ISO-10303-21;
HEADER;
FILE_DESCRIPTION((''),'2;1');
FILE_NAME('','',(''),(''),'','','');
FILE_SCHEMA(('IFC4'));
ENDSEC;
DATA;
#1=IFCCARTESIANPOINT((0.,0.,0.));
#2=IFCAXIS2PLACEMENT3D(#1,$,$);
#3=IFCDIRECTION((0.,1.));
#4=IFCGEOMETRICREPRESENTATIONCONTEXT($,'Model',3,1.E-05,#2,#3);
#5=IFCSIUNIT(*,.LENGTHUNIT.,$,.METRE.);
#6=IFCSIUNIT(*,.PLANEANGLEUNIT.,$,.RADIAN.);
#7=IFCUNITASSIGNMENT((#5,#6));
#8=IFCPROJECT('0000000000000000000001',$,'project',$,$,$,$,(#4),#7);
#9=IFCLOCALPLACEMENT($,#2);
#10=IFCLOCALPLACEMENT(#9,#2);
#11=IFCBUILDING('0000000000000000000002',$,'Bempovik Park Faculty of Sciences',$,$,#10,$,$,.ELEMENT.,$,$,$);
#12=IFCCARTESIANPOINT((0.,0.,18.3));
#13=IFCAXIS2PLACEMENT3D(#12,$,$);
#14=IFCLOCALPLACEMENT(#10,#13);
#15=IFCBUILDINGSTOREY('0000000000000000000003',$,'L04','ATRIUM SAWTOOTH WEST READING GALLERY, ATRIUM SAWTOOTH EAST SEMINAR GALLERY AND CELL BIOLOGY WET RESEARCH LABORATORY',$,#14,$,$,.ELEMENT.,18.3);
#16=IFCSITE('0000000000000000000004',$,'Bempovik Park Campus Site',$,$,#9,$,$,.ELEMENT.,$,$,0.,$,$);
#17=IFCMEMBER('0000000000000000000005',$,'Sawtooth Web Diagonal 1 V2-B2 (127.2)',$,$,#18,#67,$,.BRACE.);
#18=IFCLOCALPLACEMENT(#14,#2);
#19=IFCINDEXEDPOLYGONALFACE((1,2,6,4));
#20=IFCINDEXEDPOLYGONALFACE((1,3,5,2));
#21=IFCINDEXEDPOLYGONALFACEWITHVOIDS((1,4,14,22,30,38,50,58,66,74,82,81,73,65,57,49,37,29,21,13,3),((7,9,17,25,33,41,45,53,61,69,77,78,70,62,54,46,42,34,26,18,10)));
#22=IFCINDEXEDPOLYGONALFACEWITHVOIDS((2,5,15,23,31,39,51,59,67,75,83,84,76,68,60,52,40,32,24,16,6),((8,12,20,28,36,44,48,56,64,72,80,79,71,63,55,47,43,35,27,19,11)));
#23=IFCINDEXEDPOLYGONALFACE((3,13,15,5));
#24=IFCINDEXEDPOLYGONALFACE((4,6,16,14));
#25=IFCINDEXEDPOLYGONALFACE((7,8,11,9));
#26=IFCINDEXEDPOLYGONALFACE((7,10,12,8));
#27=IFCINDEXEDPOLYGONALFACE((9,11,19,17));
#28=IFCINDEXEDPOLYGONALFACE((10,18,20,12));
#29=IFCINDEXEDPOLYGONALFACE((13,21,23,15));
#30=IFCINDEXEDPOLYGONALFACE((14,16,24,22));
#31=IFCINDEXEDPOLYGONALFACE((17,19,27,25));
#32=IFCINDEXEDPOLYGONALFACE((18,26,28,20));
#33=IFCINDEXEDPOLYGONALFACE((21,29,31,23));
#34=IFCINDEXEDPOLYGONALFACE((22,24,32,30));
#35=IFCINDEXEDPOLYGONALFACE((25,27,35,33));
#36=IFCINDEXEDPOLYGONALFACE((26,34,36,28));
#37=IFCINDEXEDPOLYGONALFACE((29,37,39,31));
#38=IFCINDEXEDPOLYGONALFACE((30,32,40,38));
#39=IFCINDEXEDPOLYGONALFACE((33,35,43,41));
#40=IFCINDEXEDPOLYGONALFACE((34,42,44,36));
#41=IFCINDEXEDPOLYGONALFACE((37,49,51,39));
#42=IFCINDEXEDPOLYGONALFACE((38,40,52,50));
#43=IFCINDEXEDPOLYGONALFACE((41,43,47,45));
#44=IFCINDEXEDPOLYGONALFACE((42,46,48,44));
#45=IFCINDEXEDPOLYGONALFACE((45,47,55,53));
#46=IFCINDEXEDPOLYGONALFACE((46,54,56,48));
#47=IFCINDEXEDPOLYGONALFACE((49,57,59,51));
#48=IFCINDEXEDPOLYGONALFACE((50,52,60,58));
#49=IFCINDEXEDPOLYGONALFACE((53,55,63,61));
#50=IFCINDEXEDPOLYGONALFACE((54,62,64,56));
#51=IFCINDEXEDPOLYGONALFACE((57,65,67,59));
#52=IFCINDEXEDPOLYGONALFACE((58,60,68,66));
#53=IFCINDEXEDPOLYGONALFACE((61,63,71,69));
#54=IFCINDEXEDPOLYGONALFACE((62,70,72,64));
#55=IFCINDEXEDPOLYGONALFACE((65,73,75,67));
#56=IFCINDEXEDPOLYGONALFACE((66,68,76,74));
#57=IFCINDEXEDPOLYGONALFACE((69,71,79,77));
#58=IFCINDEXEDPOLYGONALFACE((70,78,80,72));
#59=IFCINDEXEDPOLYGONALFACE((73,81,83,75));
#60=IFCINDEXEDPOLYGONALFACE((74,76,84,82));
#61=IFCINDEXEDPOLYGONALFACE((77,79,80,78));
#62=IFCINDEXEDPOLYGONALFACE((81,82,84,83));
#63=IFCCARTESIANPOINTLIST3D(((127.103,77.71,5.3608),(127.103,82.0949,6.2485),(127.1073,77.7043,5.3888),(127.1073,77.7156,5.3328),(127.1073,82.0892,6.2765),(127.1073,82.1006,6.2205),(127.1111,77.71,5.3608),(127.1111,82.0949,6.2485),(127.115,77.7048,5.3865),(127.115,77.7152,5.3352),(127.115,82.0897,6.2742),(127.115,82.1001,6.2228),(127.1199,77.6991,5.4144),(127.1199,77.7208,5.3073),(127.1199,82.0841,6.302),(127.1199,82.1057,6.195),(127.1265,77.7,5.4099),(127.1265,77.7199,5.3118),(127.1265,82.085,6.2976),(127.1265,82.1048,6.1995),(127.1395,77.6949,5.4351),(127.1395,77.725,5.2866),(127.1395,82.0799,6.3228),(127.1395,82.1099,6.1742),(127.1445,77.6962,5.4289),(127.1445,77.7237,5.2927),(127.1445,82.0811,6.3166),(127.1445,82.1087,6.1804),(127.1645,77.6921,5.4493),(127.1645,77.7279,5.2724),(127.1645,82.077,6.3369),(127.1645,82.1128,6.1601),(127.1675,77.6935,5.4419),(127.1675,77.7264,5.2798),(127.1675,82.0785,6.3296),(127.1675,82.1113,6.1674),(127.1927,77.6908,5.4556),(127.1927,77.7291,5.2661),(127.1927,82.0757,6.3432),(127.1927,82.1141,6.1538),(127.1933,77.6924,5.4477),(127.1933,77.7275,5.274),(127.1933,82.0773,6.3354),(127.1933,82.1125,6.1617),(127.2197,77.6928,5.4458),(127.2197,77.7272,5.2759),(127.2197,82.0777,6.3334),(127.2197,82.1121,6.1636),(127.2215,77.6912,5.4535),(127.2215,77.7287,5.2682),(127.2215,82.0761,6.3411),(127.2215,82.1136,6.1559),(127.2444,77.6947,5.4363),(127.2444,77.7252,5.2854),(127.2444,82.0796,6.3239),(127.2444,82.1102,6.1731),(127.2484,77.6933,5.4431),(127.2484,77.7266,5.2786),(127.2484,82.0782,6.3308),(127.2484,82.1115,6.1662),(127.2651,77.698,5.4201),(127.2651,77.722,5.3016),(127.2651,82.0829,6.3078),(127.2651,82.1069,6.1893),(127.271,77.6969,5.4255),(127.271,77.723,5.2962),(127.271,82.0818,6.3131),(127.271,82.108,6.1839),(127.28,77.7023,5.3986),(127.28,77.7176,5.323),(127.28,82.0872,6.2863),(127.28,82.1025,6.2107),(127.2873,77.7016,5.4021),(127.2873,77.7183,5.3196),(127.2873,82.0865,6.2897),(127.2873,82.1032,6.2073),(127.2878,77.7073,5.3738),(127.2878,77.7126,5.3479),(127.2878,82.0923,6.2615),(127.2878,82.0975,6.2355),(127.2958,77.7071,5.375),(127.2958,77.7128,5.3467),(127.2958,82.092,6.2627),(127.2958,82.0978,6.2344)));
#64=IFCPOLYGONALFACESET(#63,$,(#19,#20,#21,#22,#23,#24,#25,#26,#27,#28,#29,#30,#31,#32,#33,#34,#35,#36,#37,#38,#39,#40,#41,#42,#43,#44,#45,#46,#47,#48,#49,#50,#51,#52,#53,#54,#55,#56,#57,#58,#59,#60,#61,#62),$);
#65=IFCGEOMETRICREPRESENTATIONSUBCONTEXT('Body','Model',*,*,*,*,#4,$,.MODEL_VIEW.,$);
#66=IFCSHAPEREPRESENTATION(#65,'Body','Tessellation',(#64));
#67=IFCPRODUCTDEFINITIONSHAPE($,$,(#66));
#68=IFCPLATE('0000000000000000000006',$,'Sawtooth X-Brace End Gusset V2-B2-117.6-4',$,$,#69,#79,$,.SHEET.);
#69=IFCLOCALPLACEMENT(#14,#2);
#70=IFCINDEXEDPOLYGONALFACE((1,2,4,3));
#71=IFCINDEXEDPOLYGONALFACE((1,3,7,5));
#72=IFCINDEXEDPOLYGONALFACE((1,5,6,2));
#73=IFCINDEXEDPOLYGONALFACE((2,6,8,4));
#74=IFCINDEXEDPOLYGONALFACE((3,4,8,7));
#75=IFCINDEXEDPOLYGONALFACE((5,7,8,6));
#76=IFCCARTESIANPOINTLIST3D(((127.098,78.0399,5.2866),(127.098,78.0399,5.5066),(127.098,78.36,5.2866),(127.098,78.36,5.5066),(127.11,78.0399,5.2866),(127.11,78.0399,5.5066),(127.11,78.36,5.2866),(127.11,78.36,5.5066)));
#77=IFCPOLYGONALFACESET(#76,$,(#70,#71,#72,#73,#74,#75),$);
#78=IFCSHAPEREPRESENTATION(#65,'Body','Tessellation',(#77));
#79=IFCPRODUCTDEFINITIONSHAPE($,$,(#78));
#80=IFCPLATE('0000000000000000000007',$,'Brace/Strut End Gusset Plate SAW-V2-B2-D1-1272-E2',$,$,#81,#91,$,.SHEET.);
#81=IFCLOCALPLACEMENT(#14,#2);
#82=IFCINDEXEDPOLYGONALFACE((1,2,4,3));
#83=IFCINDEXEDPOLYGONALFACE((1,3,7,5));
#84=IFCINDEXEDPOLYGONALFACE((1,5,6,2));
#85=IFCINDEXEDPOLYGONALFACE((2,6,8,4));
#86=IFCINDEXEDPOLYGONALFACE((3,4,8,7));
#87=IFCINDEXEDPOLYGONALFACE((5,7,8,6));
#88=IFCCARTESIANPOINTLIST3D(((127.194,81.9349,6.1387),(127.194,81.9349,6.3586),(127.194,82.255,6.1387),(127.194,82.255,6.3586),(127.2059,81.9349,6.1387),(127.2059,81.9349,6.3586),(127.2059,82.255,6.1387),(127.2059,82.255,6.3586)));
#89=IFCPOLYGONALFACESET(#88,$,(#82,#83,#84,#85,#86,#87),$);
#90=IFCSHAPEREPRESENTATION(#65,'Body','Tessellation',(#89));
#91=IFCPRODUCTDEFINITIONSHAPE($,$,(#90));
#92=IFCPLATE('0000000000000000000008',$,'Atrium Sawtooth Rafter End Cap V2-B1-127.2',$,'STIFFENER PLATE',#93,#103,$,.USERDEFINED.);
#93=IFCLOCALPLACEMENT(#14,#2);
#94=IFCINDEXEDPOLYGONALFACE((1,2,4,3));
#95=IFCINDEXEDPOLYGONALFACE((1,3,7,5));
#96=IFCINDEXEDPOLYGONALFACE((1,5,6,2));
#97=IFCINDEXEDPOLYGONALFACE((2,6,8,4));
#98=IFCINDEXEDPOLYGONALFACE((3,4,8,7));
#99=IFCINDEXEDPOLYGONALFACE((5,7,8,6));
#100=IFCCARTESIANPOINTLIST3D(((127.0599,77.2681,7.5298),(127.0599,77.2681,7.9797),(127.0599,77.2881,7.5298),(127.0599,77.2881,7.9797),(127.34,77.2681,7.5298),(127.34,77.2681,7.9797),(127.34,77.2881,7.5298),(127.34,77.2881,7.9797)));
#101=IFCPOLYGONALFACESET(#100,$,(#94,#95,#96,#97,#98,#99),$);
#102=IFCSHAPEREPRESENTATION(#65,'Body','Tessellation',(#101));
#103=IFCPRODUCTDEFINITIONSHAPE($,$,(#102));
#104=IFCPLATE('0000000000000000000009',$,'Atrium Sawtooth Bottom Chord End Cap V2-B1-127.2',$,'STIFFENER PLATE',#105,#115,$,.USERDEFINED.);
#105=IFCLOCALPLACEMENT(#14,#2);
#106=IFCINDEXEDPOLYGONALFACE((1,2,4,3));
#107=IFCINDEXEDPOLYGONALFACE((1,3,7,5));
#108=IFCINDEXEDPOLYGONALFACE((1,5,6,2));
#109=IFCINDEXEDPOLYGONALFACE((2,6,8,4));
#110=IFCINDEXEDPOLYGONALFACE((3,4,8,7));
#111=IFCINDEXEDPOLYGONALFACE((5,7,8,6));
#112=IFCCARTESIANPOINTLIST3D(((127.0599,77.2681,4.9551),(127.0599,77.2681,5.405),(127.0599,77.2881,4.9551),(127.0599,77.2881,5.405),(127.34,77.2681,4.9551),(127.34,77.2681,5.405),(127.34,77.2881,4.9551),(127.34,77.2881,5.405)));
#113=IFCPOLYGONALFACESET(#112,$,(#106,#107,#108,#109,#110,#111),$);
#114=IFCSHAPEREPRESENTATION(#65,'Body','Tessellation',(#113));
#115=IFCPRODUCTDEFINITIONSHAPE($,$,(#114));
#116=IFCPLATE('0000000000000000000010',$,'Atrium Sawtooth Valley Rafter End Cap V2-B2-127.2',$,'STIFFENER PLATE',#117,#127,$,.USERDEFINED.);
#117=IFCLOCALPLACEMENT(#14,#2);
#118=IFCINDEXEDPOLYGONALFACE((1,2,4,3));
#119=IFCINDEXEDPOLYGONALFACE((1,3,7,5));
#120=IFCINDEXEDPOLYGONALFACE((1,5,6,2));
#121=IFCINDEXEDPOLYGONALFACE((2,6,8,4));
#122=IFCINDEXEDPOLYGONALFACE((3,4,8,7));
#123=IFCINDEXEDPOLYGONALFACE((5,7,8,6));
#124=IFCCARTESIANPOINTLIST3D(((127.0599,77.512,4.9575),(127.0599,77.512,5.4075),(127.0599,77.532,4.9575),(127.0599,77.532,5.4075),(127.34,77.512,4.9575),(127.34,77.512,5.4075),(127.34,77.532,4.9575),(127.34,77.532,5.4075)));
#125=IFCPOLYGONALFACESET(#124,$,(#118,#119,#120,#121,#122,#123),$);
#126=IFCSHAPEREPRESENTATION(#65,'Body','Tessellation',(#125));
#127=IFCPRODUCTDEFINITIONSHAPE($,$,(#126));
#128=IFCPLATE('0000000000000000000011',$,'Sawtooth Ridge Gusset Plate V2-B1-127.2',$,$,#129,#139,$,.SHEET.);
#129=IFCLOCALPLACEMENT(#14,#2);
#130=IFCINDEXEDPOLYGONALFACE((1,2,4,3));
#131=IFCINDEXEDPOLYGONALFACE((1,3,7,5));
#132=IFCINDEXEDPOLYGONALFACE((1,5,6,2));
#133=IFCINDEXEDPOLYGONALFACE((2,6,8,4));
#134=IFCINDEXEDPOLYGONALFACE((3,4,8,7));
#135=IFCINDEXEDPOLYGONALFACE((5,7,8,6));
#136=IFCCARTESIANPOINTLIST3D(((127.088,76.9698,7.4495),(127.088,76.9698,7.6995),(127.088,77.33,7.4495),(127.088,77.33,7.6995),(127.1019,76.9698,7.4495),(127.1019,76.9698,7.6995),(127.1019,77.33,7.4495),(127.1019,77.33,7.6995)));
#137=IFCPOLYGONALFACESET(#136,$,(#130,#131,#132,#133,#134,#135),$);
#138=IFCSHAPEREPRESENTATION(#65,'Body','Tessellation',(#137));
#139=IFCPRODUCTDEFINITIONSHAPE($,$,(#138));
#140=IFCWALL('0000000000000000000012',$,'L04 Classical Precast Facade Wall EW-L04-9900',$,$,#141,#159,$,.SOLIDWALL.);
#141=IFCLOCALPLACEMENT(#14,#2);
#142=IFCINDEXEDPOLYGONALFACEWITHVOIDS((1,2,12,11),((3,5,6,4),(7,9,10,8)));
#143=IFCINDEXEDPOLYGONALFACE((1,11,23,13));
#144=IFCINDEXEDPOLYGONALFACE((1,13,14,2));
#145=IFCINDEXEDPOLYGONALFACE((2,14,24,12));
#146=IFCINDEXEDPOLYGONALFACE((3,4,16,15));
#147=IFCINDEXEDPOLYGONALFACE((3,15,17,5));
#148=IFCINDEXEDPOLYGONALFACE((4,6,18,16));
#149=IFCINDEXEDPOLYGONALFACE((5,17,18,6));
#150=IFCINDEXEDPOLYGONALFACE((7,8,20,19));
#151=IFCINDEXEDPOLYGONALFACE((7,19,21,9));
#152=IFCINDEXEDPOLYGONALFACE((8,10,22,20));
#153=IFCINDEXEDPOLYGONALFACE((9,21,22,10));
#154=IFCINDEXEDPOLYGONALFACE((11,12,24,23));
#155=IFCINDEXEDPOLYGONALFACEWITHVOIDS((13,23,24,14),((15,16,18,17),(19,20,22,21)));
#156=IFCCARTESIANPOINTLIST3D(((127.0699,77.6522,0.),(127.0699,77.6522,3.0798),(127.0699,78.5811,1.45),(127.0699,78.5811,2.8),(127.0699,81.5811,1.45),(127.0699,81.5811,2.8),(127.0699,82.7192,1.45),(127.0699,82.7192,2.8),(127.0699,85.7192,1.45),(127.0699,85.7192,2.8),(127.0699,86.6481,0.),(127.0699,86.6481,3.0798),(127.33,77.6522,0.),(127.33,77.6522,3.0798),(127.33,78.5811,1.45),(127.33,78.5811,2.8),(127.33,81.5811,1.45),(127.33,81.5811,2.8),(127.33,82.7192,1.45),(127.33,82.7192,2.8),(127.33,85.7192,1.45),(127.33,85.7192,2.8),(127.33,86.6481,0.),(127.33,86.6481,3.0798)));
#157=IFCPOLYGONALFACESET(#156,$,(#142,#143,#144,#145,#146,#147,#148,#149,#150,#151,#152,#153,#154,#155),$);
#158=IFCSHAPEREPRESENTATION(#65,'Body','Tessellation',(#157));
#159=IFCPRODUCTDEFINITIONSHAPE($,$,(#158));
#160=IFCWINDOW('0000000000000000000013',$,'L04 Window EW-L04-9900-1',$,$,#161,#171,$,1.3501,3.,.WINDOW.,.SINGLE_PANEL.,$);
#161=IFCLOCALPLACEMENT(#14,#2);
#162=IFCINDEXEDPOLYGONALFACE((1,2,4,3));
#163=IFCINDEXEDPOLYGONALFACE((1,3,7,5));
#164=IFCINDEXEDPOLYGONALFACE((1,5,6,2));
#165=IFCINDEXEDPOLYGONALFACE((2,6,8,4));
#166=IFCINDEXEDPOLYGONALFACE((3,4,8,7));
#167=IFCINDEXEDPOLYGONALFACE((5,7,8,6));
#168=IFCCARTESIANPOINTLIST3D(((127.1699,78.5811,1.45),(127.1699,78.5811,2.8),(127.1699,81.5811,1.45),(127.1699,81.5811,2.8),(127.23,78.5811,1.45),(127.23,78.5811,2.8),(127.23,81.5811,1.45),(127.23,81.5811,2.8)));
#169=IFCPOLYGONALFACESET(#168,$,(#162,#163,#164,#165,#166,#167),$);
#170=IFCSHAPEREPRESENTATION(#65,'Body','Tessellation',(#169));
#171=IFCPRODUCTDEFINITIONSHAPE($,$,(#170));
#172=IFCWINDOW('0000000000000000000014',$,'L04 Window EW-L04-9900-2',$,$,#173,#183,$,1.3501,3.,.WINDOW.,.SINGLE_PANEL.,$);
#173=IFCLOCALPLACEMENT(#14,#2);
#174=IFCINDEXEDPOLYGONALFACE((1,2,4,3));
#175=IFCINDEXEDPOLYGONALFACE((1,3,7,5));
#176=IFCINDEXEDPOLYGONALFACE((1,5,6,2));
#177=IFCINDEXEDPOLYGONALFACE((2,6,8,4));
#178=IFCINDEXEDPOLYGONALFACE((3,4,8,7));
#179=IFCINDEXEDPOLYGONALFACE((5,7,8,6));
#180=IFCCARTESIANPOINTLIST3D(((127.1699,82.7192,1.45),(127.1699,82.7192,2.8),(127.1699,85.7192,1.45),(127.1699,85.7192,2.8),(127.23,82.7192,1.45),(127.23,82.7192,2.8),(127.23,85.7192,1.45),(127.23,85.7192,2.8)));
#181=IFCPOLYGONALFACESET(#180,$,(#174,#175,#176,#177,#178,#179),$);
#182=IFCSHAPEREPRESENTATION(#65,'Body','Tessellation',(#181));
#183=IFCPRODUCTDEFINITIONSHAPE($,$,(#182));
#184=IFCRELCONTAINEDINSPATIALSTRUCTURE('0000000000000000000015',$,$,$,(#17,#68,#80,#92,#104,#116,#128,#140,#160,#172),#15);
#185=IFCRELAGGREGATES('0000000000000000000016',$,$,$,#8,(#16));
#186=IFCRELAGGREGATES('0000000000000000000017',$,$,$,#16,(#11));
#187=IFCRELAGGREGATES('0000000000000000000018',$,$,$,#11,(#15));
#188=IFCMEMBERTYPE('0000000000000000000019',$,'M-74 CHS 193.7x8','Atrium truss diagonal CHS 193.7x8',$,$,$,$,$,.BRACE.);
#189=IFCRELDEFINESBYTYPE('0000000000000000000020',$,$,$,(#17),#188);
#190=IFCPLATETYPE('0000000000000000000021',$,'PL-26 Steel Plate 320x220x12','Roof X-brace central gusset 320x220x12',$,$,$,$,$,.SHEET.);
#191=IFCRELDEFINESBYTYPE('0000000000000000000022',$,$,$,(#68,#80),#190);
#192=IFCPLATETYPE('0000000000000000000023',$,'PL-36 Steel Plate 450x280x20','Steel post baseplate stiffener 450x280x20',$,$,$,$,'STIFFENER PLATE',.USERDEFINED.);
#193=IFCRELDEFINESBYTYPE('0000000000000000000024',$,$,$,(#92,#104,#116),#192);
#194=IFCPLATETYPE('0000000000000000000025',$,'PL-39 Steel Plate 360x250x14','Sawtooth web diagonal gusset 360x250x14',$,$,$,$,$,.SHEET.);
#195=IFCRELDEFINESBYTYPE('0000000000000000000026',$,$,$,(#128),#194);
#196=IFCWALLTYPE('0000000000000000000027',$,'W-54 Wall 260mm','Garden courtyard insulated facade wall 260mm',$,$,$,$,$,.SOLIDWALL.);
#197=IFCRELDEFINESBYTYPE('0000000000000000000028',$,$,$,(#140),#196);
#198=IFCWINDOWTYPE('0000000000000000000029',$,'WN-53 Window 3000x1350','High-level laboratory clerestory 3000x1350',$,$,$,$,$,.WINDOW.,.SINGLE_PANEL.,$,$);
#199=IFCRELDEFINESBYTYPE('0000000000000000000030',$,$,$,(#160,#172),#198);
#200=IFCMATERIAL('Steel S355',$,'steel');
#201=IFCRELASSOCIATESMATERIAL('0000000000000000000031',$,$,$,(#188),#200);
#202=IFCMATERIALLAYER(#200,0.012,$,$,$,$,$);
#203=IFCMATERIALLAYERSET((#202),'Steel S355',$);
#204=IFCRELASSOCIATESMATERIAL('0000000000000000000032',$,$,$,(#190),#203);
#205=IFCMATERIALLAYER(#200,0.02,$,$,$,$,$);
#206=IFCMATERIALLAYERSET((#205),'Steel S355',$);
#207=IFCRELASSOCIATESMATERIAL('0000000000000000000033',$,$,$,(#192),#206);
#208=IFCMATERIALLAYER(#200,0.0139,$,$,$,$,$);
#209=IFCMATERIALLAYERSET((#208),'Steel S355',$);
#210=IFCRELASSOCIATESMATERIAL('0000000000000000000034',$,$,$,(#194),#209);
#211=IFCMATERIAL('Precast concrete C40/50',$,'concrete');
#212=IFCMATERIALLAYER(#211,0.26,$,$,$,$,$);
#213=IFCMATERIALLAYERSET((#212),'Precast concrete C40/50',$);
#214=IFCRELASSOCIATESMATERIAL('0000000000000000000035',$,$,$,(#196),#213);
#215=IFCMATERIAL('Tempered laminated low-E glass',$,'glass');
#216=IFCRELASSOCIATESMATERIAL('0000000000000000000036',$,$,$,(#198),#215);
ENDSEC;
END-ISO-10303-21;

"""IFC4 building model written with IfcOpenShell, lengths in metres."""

from ifc_helpers import new_model, si_unit, direction, frame, frame_2d, origin, origin_2d, place, context, subcontext, project, spatial, rectangle, hollow_circle, extrude, material, layer, layer_set, material_profile, profile_set, type_object, element, fill, save


model = new_model("IFC4")

# Units and contexts
model_context = context("Model", 3, precision=1e-05, world=origin(), true_north=direction((0.0, 1.0)))
body_context = subcontext(model_context, "Body", "Model", "MODEL_VIEW")
ifc_project = project(units=[si_unit("LENGTHUNIT", "METRE"), si_unit("PLANEANGLEUNIT", "RADIAN")], contexts=[model_context])

# Site, building, storey
site_placement = place(None, origin())
site = spatial("IfcSite", under=ifc_project, at=site_placement, Name="Bempovik Park Campus Site", CompositionType="ELEMENT", RefElevation=0.0)
building_placement = place(site_placement, origin())
building = spatial("IfcBuilding", under=site, at=building_placement, Name="Bempovik Park Faculty of Sciences", CompositionType="ELEMENT")
storey_placement = place(building_placement, frame((0.0, 0.0, 18.3)))
storey = spatial("IfcBuildingStorey", under=building, at=storey_placement, Name="L04", Description="ATRIUM SAWTOOTH WEST READING GALLERY, ATRIUM SAWTOOTH EAST SEMINAR GALLERY AND CELL BIOLOGY WET RESEARCH LABORATORY", CompositionType="ELEMENT", Elevation=18.3)

# Shared definitions
ifc_material_1 = material(Name="Steel S355", Category="steel")

# Member
ifc_material_profile_1 = material_profile(ifc_material_1, hollow_circle(Radius=0.0969, WallThickness=0.0081, at=origin_2d()), Name="CHS 193.7x8")
ifc_profile_set_1 = profile_set([ifc_material_profile_1], Name="Steel S355")
member_type_1 = type_object("IfcMemberType", Name="M-74 CHS 193.7x8", Description="Atrium truss diagonal CHS 193.7x8", PredefinedType="BRACE", material=ifc_profile_set_1)
member_1_placement = place(storey_placement, frame((127.2, 77.71, 5.3608), z_axis=(0.0, 0.980118, 0.198414), x_axis=(-1.0, 0.0, 0.0)))
element("IfcMember", 1, at=member_1_placement, inside=storey, type_object=member_type_1, Name="Sawtooth Web Diagonal 1 V2-B2 (127.2)", PredefinedType="BRACE", context=body_context, shape_type="SweptSolid", body=[
    extrude(hollow_circle(Radius=0.0969, WallThickness=0.0081, at=origin_2d()), origin(), (0.0, 0.0, 1.0), 4.4739),
])

# Plates
ifc_layer_1 = layer(ifc_material_1, 0.012)
ifc_layer_set_1 = layer_set([ifc_layer_1], Name="Steel S355")
plate_type_1 = type_object("IfcPlateType", Name="PL-26 Steel Plate 320x220x12", Description="Roof X-brace central gusset 320x220x12", PredefinedType="SHEET", material=ifc_layer_set_1)
for number, where, z_axis, x_axis, name in (
    (2, (127.104, 78.2, 5.2866), (0.0, 0.0, 1.0), (1.0, 0.0, 0.0), "Sawtooth X-Brace End Gusset V2-B2-117.6-4"),
    (3, (127.2, 82.095, 6.1387), (0.0, 0.0, 1.0), (1.0, 0.0, 0.0), "Brace/Strut End Gusset Plate SAW-V2-B2-D1-1272-E2"),
):
    element("IfcPlate", number, at=place(storey_placement, frame(where, z_axis=z_axis, x_axis=x_axis)), inside=storey, type_object=plate_type_1, Name=name, PredefinedType="SHEET", context=body_context, shape_type="SweptSolid", body=[
        extrude(rectangle(XDim=0.012, YDim=0.3201, at=origin_2d()), origin(), (0.0, 0.0, 1.0), 0.22),
    ])
ifc_layer_2 = layer(ifc_material_1, 0.02)
ifc_layer_set_2 = layer_set([ifc_layer_2], Name="Steel S355")
plate_type_2 = type_object("IfcPlateType", Name="PL-36 Steel Plate 450x280x20", Description="Steel post baseplate stiffener 450x280x20", ElementType="STIFFENER PLATE", PredefinedType="USERDEFINED", material=ifc_layer_set_2)
for number, where, z_axis, x_axis, name in (
    (4, (127.2, 77.2781, 7.5298), (0.0, 0.0, 1.0), (1.0, 0.0, 0.0), "Atrium Sawtooth Rafter End Cap V2-B1-127.2"),
    (5, (127.2, 77.2781, 4.9551), (0.0, 0.0, 1.0), (1.0, 0.0, 0.0), "Atrium Sawtooth Bottom Chord End Cap V2-B1-127.2"),
    (6, (127.2, 77.522, 4.9575), (0.0, 0.0, 1.0), (1.0, 0.0, 0.0), "Atrium Sawtooth Valley Rafter End Cap V2-B2-127.2"),
):
    element("IfcPlate", number, at=place(storey_placement, frame(where, z_axis=z_axis, x_axis=x_axis)), inside=storey, type_object=plate_type_2, Name=name, ObjectType="STIFFENER PLATE", PredefinedType="USERDEFINED", context=body_context, shape_type="SweptSolid", body=[
        extrude(rectangle(XDim=0.28, YDim=0.02, at=origin_2d()), origin(), (0.0, 0.0, 1.0), 0.45),
    ])
ifc_layer_3 = layer(ifc_material_1, 0.0139)
ifc_layer_set_3 = layer_set([ifc_layer_3], Name="Steel S355")
plate_type_3 = type_object("IfcPlateType", Name="PL-39 Steel Plate 360x250x14", Description="Sawtooth web diagonal gusset 360x250x14", PredefinedType="SHEET", material=ifc_layer_set_3)
plate_placement = place(storey_placement, frame((127.095, 77.1499, 7.4495), z_axis=(0.0, 0.0, 1.0), x_axis=(1.0, 0.0, 0.0)))
element("IfcPlate", 7, at=plate_placement, inside=storey, type_object=plate_type_3, Name="Sawtooth Ridge Gusset Plate V2-B1-127.2", PredefinedType="SHEET", context=body_context, shape_type="SweptSolid", body=[
    extrude(rectangle(XDim=0.0139, YDim=0.3601, at=origin_2d()), origin(), (0.0, 0.0, 1.0), 0.25),
])

# Wall, openings, windows
ifc_material_2 = material(Name="Precast concrete C40/50", Category="concrete")
ifc_layer_4 = layer(ifc_material_2, 0.26)
ifc_layer_set_4 = layer_set([ifc_layer_4], Name="Precast concrete C40/50")
wall_type = type_object("IfcWallType", Name="W-54 Wall 260mm", Description="Garden courtyard insulated facade wall 260mm", PredefinedType="SOLIDWALL", material=ifc_layer_set_4)
wall_placement = place(storey_placement, frame((127.2, 77.6521, 0.0), z_axis=(0.0, 0.0, 1.0), x_axis=(0.0, 1.0, 0.0)))
wall = element("IfcWall", 8, at=wall_placement, inside=storey, type_object=wall_type, Name="L04 Classical Precast Facade Wall EW-L04-9900", PredefinedType="SOLIDWALL", context=body_context, shape_type="SweptSolid", body=[
    extrude(rectangle(XDim=8.9958, YDim=0.26, at=frame_2d((4.498, 0.0))), origin(), (0.0, 0.0, 1.0), 3.0798),
])
opening_1_placement = place(wall_placement, frame((0.929, 0.0, 1.45)))
opening_1 = element("IfcOpeningElement", 9, at=opening_1_placement, cuts=wall, PredefinedType="OPENING", context=body_context, shape_type="SweptSolid", body=[
    extrude(rectangle(XDim=3.0, YDim=1.3501, at=frame_2d((1.5, 0.675))), frame((0.0, 0.1401, 0.0), z_axis=(0.0, -1.0, 0.0), x_axis=(1.0, 0.0, 0.0)), (0.0, 0.0, 1.0), 0.28),
])
opening_2_placement = place(wall_placement, frame((5.0671, 0.0, 1.45)))
opening_2 = element("IfcOpeningElement", 10, at=opening_2_placement, cuts=wall, PredefinedType="OPENING", context=body_context, shape_type="SweptSolid", body=[
    extrude(rectangle(XDim=3.0, YDim=1.3501, at=frame_2d((1.5, 0.675))), frame((0.0, 0.1401, 0.0), z_axis=(0.0, -1.0, 0.0), x_axis=(1.0, 0.0, 0.0)), (0.0, 0.0, 1.0), 0.28),
])
ifc_material_3 = material(Name="Tempered laminated low-E glass", Category="glass")
window_type = type_object("IfcWindowType", Name="WN-53 Window 3000x1350", Description="High-level laboratory clerestory 3000x1350", PartitioningType="SINGLE_PANEL", PredefinedType="WINDOW", material=ifc_material_3)
window_1_placement = place(opening_1_placement, origin())
window_1 = element("IfcWindow", 11, at=window_1_placement, inside=storey, type_object=window_type, Name="L04 Window EW-L04-9900-1", OverallHeight=1.3501, OverallWidth=3.0, PartitioningType="SINGLE_PANEL", PredefinedType="WINDOW", context=body_context, shape_type="SweptSolid", body=[
    extrude(rectangle(XDim=3.0, YDim=1.3501, at=frame_2d((1.5, 0.675))), frame((0.0, 0.03, 0.0), z_axis=(0.0, -1.0, 0.0), x_axis=(1.0, 0.0, 0.0)), (0.0, 0.0, 1.0), 0.0601),
])
fill(opening_1, window_1)
window_2_placement = place(opening_2_placement, origin())
window_2 = element("IfcWindow", 12, at=window_2_placement, inside=storey, type_object=window_type, Name="L04 Window EW-L04-9900-2", OverallHeight=1.3501, OverallWidth=3.0, PartitioningType="SINGLE_PANEL", PredefinedType="WINDOW", context=body_context, shape_type="SweptSolid", body=[
    extrude(rectangle(XDim=3.0, YDim=1.3501, at=frame_2d((1.5, 0.675))), frame((0.0, 0.03, 0.0), z_axis=(0.0, -1.0, 0.0), x_axis=(1.0, 0.0, 0.0)), (0.0, 0.0, 1.0), 0.0601),
])
fill(opening_2, window_2)

save(model, "model.ifc")
